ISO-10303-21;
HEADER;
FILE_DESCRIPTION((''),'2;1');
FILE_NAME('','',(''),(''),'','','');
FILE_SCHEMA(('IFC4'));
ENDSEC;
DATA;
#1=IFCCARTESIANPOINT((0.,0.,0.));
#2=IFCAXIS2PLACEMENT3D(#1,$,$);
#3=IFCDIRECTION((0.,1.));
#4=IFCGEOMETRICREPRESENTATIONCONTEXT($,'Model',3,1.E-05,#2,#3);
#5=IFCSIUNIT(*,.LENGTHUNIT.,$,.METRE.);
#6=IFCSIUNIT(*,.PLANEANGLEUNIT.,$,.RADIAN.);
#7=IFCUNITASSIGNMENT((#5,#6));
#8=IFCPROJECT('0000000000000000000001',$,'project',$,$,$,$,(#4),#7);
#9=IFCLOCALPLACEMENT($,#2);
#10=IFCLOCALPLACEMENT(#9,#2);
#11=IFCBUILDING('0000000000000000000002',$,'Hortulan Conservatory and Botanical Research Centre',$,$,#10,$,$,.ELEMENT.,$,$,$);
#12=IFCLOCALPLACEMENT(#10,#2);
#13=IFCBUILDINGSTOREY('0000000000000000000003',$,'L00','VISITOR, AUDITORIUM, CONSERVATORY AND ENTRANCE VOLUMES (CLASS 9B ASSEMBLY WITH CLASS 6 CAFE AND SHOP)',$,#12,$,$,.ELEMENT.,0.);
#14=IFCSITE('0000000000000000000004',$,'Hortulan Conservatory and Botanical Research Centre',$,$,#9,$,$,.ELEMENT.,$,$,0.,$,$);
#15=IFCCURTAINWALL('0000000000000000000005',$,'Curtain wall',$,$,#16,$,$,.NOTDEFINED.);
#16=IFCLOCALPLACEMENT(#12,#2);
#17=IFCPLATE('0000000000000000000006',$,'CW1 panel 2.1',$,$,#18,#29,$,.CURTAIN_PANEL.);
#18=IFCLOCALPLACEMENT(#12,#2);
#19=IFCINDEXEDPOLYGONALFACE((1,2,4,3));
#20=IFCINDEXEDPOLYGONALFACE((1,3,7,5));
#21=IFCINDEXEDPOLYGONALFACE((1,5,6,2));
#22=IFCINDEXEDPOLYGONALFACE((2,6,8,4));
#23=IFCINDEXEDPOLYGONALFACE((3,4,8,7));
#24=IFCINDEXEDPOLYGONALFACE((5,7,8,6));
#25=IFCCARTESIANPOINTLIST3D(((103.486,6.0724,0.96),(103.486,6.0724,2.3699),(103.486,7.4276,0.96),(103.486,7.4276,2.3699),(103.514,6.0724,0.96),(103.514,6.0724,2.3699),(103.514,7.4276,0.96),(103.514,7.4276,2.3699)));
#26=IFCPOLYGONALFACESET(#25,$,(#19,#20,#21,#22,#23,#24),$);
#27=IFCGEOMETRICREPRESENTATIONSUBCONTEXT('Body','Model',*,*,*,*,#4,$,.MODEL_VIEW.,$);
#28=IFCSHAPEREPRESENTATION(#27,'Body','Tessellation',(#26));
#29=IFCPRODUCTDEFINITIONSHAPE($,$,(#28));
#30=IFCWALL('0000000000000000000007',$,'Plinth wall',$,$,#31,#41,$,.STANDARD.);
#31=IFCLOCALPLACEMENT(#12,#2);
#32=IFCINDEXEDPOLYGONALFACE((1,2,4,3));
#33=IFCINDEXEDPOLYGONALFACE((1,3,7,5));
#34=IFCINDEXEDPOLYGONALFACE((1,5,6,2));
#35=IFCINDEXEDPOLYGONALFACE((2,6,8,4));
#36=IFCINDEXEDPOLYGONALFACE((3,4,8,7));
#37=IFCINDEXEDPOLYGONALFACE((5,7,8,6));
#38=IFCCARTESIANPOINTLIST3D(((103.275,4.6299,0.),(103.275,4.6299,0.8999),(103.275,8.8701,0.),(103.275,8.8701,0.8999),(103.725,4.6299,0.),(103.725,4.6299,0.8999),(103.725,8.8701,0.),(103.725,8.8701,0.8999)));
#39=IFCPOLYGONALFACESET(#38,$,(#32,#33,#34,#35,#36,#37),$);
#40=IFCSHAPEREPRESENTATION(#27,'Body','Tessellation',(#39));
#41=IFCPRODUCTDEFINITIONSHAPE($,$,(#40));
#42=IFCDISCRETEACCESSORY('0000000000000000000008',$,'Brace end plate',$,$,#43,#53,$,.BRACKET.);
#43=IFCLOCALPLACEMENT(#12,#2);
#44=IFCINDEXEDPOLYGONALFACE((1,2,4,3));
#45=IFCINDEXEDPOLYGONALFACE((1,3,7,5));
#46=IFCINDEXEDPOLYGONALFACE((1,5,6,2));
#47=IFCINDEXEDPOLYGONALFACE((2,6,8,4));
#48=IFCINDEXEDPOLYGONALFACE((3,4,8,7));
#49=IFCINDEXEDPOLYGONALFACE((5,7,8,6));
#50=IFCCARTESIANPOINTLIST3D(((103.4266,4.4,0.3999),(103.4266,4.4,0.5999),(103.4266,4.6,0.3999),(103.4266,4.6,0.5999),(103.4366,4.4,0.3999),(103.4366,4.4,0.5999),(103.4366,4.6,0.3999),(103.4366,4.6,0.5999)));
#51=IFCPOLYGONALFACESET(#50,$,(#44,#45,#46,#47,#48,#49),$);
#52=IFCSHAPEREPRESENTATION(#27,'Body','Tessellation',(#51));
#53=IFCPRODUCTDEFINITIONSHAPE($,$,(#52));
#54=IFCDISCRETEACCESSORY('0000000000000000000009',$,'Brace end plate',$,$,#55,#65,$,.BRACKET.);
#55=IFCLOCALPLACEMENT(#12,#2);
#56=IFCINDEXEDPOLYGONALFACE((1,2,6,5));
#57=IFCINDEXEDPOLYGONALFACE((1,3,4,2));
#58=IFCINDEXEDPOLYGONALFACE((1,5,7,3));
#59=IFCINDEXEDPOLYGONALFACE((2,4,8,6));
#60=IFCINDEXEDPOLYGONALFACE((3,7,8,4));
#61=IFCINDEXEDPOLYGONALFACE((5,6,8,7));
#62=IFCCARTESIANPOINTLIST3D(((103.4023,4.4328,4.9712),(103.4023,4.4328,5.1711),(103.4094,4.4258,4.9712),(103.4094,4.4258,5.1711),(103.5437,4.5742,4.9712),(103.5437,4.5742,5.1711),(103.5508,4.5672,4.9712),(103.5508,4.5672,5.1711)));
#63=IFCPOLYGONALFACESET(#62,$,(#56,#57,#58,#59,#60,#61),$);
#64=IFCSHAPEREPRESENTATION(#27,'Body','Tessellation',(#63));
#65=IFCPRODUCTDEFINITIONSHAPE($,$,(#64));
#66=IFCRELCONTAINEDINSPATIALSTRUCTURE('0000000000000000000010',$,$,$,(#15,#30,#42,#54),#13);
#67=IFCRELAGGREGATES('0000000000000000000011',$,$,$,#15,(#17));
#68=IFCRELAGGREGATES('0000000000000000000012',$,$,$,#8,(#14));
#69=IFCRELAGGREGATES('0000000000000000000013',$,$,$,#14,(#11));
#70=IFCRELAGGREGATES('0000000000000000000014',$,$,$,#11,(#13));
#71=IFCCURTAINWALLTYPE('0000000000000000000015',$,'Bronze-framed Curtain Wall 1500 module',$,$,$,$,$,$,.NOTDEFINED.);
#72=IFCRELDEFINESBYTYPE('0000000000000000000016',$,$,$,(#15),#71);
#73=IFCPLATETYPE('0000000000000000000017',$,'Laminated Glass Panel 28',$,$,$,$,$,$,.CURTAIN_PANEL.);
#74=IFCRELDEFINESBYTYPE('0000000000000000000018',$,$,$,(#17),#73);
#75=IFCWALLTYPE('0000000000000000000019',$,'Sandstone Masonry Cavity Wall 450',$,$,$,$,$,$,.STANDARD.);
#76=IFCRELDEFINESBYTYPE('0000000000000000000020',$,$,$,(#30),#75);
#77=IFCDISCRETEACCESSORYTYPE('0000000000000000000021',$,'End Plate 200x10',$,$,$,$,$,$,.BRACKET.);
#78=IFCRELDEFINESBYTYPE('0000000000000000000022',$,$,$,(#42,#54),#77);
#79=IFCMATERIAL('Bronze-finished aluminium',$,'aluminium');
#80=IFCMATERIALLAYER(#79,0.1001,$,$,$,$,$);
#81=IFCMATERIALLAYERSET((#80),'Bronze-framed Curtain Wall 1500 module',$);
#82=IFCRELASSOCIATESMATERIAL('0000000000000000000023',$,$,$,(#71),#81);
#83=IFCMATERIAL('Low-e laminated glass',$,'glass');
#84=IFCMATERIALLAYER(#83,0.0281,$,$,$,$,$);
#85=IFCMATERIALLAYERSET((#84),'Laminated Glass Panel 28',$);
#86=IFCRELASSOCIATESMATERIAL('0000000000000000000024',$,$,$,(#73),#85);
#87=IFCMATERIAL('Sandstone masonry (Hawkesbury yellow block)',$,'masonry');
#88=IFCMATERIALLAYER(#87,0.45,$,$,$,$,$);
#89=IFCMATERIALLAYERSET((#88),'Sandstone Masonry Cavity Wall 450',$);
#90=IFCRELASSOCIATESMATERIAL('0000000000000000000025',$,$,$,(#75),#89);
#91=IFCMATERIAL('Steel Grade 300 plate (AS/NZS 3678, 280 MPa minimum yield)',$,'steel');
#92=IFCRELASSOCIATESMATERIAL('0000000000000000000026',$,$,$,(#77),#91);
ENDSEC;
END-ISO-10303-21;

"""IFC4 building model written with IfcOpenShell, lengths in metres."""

from ifc_helpers import new_model, si_unit, direction, frame, frame_2d, origin, origin_2d, place, context, subcontext, project, spatial, rectangle, extrude, material, layer, layer_set, type_object, element, aggregate, save


model = new_model("IFC4")

# Units and contexts
model_context = context("Model", 3, precision=1e-05, world=origin(), true_north=direction((0.0, 1.0)))
body_context = subcontext(model_context, "Body", "Model", "MODEL_VIEW")
ifc_project = project(units=[si_unit("LENGTHUNIT", "METRE"), si_unit("PLANEANGLEUNIT", "RADIAN")], contexts=[model_context])

# Site, building, storey
site_placement = place(None, origin())
site = spatial("IfcSite", under=ifc_project, at=site_placement, Name="Hortulan Conservatory and Botanical Research Centre", CompositionType="ELEMENT", RefElevation=0.0)
building_placement = place(site_placement, origin())
building = spatial("IfcBuilding", under=site, at=building_placement, Name="Hortulan Conservatory and Botanical Research Centre", CompositionType="ELEMENT")
storey_placement = place(building_placement, origin())
storey = spatial("IfcBuildingStorey", under=building, at=storey_placement, Name="L00", Description="VISITOR, AUDITORIUM, CONSERVATORY AND ENTRANCE VOLUMES (CLASS 9B ASSEMBLY WITH CLASS 6 CAFE AND SHOP)", CompositionType="ELEMENT", Elevation=0.0)

# Shared definitions
ifc_material_1 = material(Name="Bronze-finished aluminium", Category="aluminium")
ifc_layer_1 = layer(ifc_material_1, 0.1001)
ifc_layer_set_1 = layer_set([ifc_layer_1], Name="Bronze-framed Curtain Wall 1500 module")
curtain_wall_type = type_object("IfcCurtainWallType", Name="Bronze-framed Curtain Wall 1500 module", PredefinedType="NOTDEFINED", material=ifc_layer_set_1)

# Curtain wall
curtain_wall_1_placement = place(storey_placement, origin())
curtain_wall_1 = element("IfcCurtainWall", 1, at=curtain_wall_1_placement, inside=storey, type_object=curtain_wall_type, Name="Curtain wall", PredefinedType="NOTDEFINED")

# Plate
ifc_material_2 = material(Name="Low-e laminated glass", Category="glass")
ifc_layer_2 = layer(ifc_material_2, 0.0281)
ifc_layer_set_2 = layer_set([ifc_layer_2], Name="Laminated Glass Panel 28")
plate_type_1 = type_object("IfcPlateType", Name="Laminated Glass Panel 28", PredefinedType="CURTAIN_PANEL", material=ifc_layer_set_2)
plate_1_placement = place(storey_placement, frame((103.5, 6.75, 0.96), z_axis=(0.0, 0.0, 1.0), x_axis=(0.0, 1.0, 0.0)))
plate_1 = element("IfcPlate", 2, at=plate_1_placement, type_object=plate_type_1, Name="CW1 panel 2.1", PredefinedType="CURTAIN_PANEL", context=body_context, shape_type="SweptSolid", body=[
    extrude(rectangle(XDim=1.3552, YDim=0.0281, at=origin_2d()), origin(), (0.0, 0.0, 1.0), 1.4099),
])
aggregate(curtain_wall_1, [plate_1])

# Wall
ifc_material_3 = material(Name="Sandstone masonry (Hawkesbury yellow block)", Category="masonry")
ifc_layer_3 = layer(ifc_material_3, 0.45)
ifc_layer_set_3 = layer_set([ifc_layer_3], Name="Sandstone Masonry Cavity Wall 450")
wall_type = type_object("IfcWallType", Name="Sandstone Masonry Cavity Wall 450", PredefinedType="STANDARD", material=ifc_layer_set_3)
wall_placement = place(storey_placement, frame((103.5, 4.6299, 0.0), z_axis=(0.0, 0.0, 1.0), x_axis=(0.0, 1.0, 0.0)))
element("IfcWall", 3, at=wall_placement, inside=storey, type_object=wall_type, Name="Plinth wall", PredefinedType="STANDARD", context=body_context, shape_type="SweptSolid", body=[
    extrude(rectangle(XDim=4.2402, YDim=0.45, at=frame_2d((2.1201, 0.0))), origin(), (0.0, 0.0, 1.0), 0.8999),
])

# Discrete accessories
ifc_material_4 = material(Name="Steel Grade 300 plate (AS/NZS 3678, 280 MPa minimum yield)", Category="steel")
discrete_accessory_type = type_object("IfcDiscreteAccessoryType", Name="End Plate 200x10", PredefinedType="BRACKET", material=ifc_material_4)
for number, where, z_axis, x_axis, name in (
    (4, (103.4316, 4.5, 0.3999), (0.0, 0.0, 1.0), (0.0, -1.0, 0.0), "Brace end plate"),
    (5, (103.4766, 4.5, 4.9712), (0.0, 0.0, 1.0), (0.707107, 0.707107, 0.0), "Brace end plate"),
):
    element("IfcDiscreteAccessory", number, at=place(storey_placement, frame(where, z_axis=z_axis, x_axis=x_axis)), inside=storey, type_object=discrete_accessory_type, Name=name, PredefinedType="BRACKET", context=body_context, shape_type="SweptSolid", body=[
        extrude(rectangle(XDim=0.2, YDim=0.01, at=origin_2d()), origin(), (0.0, 0.0, 1.0), 0.2),
    ])

save(model, "model.ifc")
